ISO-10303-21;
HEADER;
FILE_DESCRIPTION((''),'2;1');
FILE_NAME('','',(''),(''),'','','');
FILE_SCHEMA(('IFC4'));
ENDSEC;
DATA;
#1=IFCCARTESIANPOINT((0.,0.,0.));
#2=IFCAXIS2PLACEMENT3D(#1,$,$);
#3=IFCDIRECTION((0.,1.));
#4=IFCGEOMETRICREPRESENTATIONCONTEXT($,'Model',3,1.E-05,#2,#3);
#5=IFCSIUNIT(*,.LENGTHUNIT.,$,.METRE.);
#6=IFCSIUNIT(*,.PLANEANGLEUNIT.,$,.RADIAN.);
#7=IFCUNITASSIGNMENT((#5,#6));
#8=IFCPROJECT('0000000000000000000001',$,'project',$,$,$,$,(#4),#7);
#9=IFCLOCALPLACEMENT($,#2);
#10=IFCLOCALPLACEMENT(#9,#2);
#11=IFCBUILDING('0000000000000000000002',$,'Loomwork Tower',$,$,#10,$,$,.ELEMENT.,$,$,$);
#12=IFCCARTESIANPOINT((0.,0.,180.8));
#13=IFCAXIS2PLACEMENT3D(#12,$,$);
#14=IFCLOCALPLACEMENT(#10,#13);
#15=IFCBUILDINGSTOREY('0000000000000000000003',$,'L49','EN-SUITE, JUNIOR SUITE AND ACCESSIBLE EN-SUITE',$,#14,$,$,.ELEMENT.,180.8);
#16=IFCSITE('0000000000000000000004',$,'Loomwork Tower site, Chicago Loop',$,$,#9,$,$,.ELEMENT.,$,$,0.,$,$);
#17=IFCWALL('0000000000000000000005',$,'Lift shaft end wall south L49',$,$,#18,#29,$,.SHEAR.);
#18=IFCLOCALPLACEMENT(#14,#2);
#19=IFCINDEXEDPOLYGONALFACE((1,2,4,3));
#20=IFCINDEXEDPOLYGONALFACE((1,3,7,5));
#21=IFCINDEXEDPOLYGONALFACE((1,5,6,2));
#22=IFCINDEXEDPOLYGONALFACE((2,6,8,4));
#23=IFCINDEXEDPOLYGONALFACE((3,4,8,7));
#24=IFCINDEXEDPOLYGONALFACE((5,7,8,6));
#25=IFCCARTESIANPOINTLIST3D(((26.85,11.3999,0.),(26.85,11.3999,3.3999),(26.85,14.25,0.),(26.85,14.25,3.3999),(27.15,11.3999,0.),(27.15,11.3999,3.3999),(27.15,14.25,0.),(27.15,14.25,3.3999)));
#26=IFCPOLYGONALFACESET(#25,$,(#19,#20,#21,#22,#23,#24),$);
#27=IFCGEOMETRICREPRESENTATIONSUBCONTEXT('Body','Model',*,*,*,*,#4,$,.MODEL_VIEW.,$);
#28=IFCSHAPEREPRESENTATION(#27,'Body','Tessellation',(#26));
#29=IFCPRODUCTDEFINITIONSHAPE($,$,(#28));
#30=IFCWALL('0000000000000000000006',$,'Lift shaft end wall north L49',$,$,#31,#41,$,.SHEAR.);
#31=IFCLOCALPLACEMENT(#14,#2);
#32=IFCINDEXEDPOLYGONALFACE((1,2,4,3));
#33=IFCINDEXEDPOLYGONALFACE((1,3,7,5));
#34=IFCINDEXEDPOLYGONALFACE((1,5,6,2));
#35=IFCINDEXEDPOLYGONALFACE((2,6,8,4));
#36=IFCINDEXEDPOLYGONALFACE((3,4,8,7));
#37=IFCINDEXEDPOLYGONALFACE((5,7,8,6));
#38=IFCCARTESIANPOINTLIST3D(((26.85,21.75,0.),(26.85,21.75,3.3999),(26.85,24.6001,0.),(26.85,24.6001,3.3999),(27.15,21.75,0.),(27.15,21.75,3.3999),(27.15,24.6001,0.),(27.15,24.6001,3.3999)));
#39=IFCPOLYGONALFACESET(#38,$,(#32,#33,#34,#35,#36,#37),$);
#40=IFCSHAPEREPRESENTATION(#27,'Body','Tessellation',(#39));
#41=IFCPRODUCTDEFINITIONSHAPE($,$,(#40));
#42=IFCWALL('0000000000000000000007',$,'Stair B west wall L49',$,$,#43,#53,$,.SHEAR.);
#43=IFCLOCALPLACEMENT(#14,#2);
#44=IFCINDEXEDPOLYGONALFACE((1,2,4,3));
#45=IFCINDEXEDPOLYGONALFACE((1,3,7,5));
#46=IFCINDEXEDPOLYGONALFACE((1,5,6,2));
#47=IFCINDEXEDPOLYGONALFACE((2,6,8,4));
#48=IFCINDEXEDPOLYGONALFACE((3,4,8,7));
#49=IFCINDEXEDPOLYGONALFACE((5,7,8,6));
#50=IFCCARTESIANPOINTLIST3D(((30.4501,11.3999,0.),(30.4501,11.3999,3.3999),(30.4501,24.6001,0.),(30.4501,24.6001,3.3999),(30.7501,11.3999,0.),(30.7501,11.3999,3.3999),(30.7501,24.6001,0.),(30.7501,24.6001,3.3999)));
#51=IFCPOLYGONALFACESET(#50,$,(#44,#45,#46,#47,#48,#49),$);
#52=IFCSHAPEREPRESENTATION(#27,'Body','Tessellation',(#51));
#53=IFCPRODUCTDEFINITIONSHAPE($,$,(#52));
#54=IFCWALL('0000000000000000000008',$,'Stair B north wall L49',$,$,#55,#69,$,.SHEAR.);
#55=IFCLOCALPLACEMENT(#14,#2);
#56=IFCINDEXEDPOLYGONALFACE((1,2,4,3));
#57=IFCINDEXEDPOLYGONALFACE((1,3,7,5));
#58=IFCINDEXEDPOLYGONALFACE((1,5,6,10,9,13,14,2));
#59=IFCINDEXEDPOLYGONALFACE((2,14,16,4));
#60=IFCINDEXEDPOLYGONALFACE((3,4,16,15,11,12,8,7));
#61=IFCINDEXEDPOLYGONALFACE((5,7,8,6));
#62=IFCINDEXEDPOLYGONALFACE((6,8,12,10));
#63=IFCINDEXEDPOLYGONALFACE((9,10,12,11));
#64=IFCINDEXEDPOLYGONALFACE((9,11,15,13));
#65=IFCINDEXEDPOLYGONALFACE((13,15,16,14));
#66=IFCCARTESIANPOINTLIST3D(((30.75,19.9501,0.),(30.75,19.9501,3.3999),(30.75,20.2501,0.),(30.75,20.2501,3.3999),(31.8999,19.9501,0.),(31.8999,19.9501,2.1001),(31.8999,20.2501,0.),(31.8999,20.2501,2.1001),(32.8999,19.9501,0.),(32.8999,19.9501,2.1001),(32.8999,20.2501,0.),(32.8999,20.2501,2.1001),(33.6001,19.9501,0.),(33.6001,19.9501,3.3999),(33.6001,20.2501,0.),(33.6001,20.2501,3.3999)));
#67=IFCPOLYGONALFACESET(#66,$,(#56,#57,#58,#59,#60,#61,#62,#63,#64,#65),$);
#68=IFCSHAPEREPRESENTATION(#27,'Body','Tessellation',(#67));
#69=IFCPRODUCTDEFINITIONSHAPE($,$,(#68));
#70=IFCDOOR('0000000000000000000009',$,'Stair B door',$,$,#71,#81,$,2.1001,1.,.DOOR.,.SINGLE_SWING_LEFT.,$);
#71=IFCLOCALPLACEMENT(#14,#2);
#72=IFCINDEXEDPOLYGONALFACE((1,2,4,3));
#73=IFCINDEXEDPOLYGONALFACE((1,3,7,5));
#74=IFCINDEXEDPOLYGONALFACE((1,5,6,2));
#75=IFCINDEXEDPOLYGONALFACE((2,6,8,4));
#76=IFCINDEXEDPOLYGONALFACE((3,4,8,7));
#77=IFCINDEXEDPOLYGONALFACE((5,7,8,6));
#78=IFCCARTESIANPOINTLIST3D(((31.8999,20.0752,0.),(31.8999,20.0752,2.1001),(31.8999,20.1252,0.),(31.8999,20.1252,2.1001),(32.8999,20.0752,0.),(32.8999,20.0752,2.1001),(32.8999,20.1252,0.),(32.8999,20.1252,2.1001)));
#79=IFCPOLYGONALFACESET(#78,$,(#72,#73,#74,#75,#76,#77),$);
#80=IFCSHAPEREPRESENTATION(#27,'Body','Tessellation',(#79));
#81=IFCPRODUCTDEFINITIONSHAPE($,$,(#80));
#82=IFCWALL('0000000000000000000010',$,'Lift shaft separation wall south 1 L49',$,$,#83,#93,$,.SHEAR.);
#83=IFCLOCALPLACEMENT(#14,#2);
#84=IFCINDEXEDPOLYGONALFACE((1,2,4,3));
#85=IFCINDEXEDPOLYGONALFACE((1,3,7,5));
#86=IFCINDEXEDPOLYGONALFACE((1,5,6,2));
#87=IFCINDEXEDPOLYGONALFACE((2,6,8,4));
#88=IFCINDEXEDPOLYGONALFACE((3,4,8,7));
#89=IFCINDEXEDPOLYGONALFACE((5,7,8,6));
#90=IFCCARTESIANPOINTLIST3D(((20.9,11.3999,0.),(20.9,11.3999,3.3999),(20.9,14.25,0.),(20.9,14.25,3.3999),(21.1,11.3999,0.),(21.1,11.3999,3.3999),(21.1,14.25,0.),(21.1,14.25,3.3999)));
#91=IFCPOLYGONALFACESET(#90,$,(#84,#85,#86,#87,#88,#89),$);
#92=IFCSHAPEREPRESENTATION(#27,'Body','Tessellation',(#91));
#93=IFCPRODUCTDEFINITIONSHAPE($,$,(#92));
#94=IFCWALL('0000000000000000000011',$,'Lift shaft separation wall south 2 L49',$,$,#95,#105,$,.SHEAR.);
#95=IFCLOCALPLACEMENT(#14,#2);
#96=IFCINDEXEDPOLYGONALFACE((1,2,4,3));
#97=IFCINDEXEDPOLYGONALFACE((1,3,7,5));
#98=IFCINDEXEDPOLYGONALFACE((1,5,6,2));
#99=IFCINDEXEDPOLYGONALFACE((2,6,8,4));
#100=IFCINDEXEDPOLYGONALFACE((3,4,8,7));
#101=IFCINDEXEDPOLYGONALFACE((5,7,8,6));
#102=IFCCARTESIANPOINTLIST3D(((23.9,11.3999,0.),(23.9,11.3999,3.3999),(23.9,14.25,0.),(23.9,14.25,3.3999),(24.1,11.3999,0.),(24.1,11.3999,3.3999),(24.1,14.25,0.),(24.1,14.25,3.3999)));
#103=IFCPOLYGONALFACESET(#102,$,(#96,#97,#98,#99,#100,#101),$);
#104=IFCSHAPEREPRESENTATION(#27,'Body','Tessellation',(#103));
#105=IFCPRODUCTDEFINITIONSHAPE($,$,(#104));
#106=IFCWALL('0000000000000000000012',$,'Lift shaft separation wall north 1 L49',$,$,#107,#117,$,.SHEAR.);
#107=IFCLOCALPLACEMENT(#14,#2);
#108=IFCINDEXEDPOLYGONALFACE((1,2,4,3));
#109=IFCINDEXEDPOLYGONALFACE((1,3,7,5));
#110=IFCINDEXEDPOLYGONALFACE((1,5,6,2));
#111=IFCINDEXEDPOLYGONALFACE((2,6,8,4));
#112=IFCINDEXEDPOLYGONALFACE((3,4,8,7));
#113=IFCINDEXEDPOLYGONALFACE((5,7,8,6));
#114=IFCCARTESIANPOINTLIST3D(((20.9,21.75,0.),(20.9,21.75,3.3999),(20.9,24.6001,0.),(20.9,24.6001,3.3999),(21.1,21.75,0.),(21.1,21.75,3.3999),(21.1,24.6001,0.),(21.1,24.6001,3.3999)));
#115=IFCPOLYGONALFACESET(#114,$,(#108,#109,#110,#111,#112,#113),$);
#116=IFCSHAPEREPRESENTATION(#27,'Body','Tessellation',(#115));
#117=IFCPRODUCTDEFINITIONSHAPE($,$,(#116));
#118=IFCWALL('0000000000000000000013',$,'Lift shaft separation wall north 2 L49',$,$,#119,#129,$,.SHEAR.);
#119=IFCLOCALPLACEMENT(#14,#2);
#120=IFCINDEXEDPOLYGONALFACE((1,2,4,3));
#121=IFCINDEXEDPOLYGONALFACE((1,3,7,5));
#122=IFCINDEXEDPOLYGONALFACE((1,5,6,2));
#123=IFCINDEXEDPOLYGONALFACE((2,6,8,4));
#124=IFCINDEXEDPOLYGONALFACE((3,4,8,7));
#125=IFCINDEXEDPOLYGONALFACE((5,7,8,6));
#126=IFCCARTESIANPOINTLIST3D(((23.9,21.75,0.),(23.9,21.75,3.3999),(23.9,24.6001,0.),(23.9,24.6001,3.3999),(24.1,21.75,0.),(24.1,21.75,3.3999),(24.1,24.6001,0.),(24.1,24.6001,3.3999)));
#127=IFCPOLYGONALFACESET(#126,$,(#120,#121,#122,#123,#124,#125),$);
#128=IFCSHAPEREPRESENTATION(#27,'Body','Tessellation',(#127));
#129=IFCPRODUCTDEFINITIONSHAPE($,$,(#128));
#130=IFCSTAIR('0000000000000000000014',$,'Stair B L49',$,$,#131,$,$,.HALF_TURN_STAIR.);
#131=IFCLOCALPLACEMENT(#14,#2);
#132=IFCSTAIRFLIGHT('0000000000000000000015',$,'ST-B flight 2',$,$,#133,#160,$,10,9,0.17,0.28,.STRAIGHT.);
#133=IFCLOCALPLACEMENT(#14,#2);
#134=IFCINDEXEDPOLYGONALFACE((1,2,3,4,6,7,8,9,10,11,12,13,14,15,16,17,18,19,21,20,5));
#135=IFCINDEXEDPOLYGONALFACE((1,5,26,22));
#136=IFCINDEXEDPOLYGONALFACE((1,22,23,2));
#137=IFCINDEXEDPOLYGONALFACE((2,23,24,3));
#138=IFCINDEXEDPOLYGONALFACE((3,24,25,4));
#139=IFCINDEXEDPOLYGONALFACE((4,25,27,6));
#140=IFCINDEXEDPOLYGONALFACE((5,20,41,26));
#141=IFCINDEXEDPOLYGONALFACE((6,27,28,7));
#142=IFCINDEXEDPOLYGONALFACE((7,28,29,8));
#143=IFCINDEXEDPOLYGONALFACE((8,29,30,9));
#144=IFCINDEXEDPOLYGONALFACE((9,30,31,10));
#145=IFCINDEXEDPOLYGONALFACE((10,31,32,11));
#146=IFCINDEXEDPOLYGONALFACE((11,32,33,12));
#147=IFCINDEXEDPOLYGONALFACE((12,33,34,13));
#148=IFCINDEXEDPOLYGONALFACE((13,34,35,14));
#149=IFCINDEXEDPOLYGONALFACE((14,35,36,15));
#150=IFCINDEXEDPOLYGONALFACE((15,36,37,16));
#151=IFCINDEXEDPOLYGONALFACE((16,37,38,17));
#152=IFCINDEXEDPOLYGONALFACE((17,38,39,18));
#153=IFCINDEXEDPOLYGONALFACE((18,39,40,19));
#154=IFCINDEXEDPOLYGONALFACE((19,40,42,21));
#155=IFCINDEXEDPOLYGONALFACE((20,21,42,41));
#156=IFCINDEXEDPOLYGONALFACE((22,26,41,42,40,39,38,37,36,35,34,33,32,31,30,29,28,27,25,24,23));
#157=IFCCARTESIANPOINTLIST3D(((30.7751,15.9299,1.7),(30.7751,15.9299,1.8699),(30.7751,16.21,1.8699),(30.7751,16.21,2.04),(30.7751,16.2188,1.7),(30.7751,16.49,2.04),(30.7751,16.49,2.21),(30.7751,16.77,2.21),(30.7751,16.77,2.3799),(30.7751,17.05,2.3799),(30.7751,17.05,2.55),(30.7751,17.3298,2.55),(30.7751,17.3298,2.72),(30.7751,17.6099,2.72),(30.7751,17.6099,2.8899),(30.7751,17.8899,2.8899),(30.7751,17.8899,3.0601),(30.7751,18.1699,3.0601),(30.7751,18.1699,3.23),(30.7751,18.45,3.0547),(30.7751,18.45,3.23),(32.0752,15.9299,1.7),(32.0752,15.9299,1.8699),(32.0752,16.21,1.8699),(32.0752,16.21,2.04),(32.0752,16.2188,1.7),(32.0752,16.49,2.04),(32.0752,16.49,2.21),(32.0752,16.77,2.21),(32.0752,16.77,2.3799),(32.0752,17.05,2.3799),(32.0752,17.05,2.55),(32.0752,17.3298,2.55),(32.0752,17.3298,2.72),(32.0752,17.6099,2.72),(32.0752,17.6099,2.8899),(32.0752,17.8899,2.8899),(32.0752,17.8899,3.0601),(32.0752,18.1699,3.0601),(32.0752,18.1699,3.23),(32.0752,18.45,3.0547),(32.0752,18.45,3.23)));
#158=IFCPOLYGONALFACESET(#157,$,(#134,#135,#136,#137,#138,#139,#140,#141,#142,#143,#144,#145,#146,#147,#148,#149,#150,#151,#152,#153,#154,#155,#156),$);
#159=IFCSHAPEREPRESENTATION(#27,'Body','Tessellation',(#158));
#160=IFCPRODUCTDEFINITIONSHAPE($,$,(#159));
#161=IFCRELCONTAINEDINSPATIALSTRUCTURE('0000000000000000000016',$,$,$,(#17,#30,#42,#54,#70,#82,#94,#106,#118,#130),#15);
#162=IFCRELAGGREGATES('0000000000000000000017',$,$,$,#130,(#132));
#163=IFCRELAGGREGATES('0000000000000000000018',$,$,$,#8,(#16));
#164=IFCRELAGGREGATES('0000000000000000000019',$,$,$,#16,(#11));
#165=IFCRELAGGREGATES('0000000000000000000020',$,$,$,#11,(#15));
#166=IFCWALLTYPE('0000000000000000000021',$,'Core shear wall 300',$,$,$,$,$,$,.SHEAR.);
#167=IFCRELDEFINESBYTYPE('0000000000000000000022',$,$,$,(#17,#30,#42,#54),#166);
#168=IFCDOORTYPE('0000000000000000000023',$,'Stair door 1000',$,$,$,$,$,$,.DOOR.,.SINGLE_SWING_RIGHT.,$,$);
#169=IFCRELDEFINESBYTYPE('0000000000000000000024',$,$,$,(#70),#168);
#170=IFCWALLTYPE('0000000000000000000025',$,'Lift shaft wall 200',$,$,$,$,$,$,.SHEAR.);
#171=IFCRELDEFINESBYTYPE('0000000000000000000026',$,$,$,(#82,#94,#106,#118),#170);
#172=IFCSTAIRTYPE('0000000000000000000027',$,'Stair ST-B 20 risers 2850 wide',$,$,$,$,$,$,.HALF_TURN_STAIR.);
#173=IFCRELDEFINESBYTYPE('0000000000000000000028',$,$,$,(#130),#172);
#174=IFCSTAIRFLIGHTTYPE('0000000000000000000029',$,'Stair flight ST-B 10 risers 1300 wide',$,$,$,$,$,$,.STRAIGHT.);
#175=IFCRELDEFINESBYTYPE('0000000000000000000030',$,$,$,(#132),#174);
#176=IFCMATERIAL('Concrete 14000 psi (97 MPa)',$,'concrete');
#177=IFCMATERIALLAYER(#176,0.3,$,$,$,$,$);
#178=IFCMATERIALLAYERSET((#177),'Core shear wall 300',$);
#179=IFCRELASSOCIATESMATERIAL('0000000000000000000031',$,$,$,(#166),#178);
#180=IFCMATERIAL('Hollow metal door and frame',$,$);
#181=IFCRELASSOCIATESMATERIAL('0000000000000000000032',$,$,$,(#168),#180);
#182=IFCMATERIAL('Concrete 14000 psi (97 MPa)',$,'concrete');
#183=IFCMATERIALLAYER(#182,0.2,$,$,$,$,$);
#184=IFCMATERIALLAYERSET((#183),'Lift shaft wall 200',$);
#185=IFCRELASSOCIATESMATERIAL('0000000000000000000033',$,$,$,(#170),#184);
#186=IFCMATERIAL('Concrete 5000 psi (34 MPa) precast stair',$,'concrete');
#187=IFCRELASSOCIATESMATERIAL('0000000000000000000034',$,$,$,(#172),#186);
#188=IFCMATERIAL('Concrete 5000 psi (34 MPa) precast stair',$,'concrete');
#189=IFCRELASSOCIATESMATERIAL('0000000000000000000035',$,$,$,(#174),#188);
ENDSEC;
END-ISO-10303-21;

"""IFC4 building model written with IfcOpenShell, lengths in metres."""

from ifc_helpers import new_model, si_unit, direction, frame, frame_2d, origin, place, context, subcontext, project, spatial, polyline, rectangle, outline, extrude, material, layer, layer_set, type_object, element, fill, aggregate, save


model = new_model("IFC4")

# Units and contexts
model_context = context("Model", 3, precision=1e-05, world=origin(), true_north=direction((0.0, 1.0)))
body_context = subcontext(model_context, "Body", "Model", "MODEL_VIEW")
ifc_project = project(units=[si_unit("LENGTHUNIT", "METRE"), si_unit("PLANEANGLEUNIT", "RADIAN")], contexts=[model_context])

# Site, building, storey
site_placement = place(None, origin())
site = spatial("IfcSite", under=ifc_project, at=site_placement, Name="Loomwork Tower site, Chicago Loop", CompositionType="ELEMENT", RefElevation=0.0)
building_placement = place(site_placement, origin())
building = spatial("IfcBuilding", under=site, at=building_placement, Name="Loomwork Tower", CompositionType="ELEMENT")
storey_placement = place(building_placement, frame((0.0, 0.0, 180.8)))
storey = spatial("IfcBuildingStorey", under=building, at=storey_placement, Name="L49", Description="EN-SUITE, JUNIOR SUITE AND ACCESSIBLE EN-SUITE", CompositionType="ELEMENT", Elevation=180.8)

# Walls
ifc_material_1 = material(Name="Concrete 14000 psi (97 MPa)", Category="concrete")
ifc_layer_1 = layer(ifc_material_1, 0.3)
ifc_layer_set_1 = layer_set([ifc_layer_1], Name="Core shear wall 300")
wall_type_1 = type_object("IfcWallType", Name="Core shear wall 300", PredefinedType="SHEAR", material=ifc_layer_set_1)
for number, where, z_axis, x_axis, name in (
    (1, (27.0, 11.3999, 0.0), (0.0, 0.0, 1.0), (0.0, 1.0, 0.0), "Lift shaft end wall south L49"),
    (2, (27.0, 21.75, 0.0), (0.0, 0.0, 1.0), (0.0, 1.0, 0.0), "Lift shaft end wall north L49"),
):
    element("IfcWall", number, at=place(storey_placement, frame(where, z_axis=z_axis, x_axis=x_axis)), inside=storey, type_object=wall_type_1, Name=name, PredefinedType="SHEAR", context=body_context, shape_type="SweptSolid", body=[
        extrude(rectangle(XDim=2.8501, YDim=0.3, at=frame_2d((1.425, 0.0))), origin(), (0.0, 0.0, 1.0), 3.3999),
    ])
wall_1_placement = place(storey_placement, frame((30.6001, 11.3999, 0.0), z_axis=(0.0, 0.0, 1.0), x_axis=(0.0, 1.0, 0.0)))
element("IfcWall", 3, at=wall_1_placement, inside=storey, type_object=wall_type_1, Name="Stair B west wall L49", PredefinedType="SHEAR", context=body_context, shape_type="SweptSolid", body=[
    extrude(rectangle(XDim=13.2002, YDim=0.3, at=frame_2d((6.6001, 0.0))), origin(), (0.0, 0.0, 1.0), 3.3999),
])

# Wall, opening, door
wall_2_placement = place(storey_placement, frame((30.75, 20.1001, 0.0), z_axis=(0.0, 0.0, 1.0), x_axis=(1.0, 0.0, 0.0)))
wall_2 = element("IfcWall", 4, at=wall_2_placement, inside=storey, type_object=wall_type_1, Name="Stair B north wall L49", PredefinedType="SHEAR", context=body_context, shape_type="SweptSolid", body=[
    extrude(rectangle(XDim=2.8501, YDim=0.3, at=frame_2d((1.425, 0.0))), origin(), (0.0, 0.0, 1.0), 3.3999),
])
opening_placement = place(wall_2_placement, frame((1.1499, 0.0, 0.0)))
opening = element("IfcOpeningElement", 5, at=opening_placement, cuts=wall_2, PredefinedType="OPENING", context=body_context, shape_type="SweptSolid", body=[
    extrude(rectangle(XDim=1.0, YDim=2.1001, at=frame_2d((0.5, 1.05))), frame((0.0, 0.1599, 0.0), z_axis=(0.0, -1.0, 0.0), x_axis=(1.0, 0.0, 0.0)), (0.0, 0.0, 1.0), 0.3201),
])
ifc_material_2 = material(Name="Hollow metal door and frame")
door_type = type_object("IfcDoorType", Name="Stair door 1000", OperationType="SINGLE_SWING_RIGHT", PredefinedType="DOOR", material=ifc_material_2)
door_placement = place(opening_placement, frame((1.0, 0.0, 0.0), z_axis=(0.0, 0.0, 1.0), x_axis=(-1.0, 0.0, 0.0)))
door = element("IfcDoor", 6, at=door_placement, inside=storey, type_object=door_type, Name="Stair B door", OperationType="SINGLE_SWING_LEFT", OverallHeight=2.1001, OverallWidth=1.0, PredefinedType="DOOR", context=body_context, shape_type="SweptSolid", body=[
    extrude(rectangle(XDim=1.0, YDim=2.1001, at=frame_2d((0.5, 1.05))), frame((0.0, 0.0249, 0.0), z_axis=(0.0, -1.0, 0.0), x_axis=(1.0, 0.0, 0.0)), (0.0, 0.0, 1.0), 0.05),
])
fill(opening, door)

# Walls
ifc_material_3 = material(Name="Concrete 14000 psi (97 MPa)", Category="concrete")
ifc_layer_2 = layer(ifc_material_3, 0.2)
ifc_layer_set_2 = layer_set([ifc_layer_2], Name="Lift shaft wall 200")
wall_type_2 = type_object("IfcWallType", Name="Lift shaft wall 200", PredefinedType="SHEAR", material=ifc_layer_set_2)
for number, where, z_axis, x_axis, name in (
    (7, (21.0, 11.3999, 0.0), (0.0, 0.0, 1.0), (0.0, 1.0, 0.0), "Lift shaft separation wall south 1 L49"),
    (8, (24.0, 11.3999, 0.0), (0.0, 0.0, 1.0), (0.0, 1.0, 0.0), "Lift shaft separation wall south 2 L49"),
    (9, (21.0, 21.75, 0.0), (0.0, 0.0, 1.0), (0.0, 1.0, 0.0), "Lift shaft separation wall north 1 L49"),
    (10, (24.0, 21.75, 0.0), (0.0, 0.0, 1.0), (0.0, 1.0, 0.0), "Lift shaft separation wall north 2 L49"),
):
    element("IfcWall", number, at=place(storey_placement, frame(where, z_axis=z_axis, x_axis=x_axis)), inside=storey, type_object=wall_type_2, Name=name, PredefinedType="SHEAR", context=body_context, shape_type="SweptSolid", body=[
        extrude(rectangle(XDim=2.8501, YDim=0.2, at=frame_2d((1.425, 0.0))), origin(), (0.0, 0.0, 1.0), 3.3999),
    ])

# Stair, stair flight
ifc_material_4 = material(Name="Concrete 5000 psi (34 MPa) precast stair", Category="concrete")
stair_type = type_object("IfcStairType", Name="Stair ST-B 20 risers 2850 wide", PredefinedType="HALF_TURN_STAIR", material=ifc_material_4)
stair_placement = place(storey_placement, origin())
stair = element("IfcStair", 11, at=stair_placement, inside=storey, type_object=stair_type, Name="Stair B L49", PredefinedType="HALF_TURN_STAIR")
ifc_material_5 = material(Name="Concrete 5000 psi (34 MPa) precast stair", Category="concrete")
stair_flight_type = type_object("IfcStairFlightType", Name="Stair flight ST-B 10 risers 1300 wide", PredefinedType="STRAIGHT", material=ifc_material_5)
stair_flight_placement = place(storey_placement, frame((31.425, 15.9299, 1.7), z_axis=(0.0, 0.0, 1.0), x_axis=(0.0, 1.0, 0.0)))
stair_flight = element("IfcStairFlight", 12, at=stair_flight_placement, type_object=stair_flight_type, Name="ST-B flight 2", NumberOfRisers=10, NumberOfTreads=9, PredefinedType="STRAIGHT", RiserHeight=0.17, TreadLength=0.28, context=body_context, shape_type="SweptSolid", body=[
    extrude(outline(polyline([(0.0, 0.0), (0.0, 0.1699), (0.28, 0.1699), (0.28, 0.3401), (0.5601, 0.3401), (0.5601, 0.51), (0.8401, 0.51), (0.8401, 0.6799), (1.1201, 0.6799), (1.1201, 0.8501), (1.3999, 0.8501), (1.3999, 1.02), (1.6799, 1.02), (1.6799, 1.1899), (1.96, 1.1899), (1.96, 1.3601), (2.24, 1.3601), (2.24, 1.53), (2.52, 1.53), (2.52, 1.7), (2.52, 1.3547), (0.2888, 0.0), (0.0, 0.0)])), frame((0.0, 0.6499, 0.0), z_axis=(0.0, -1.0, 0.0), x_axis=(1.0, 0.0, 0.0)), (0.0, 0.0, 1.0), 1.3),
])
aggregate(stair, [stair_flight])

save(model, "model.ifc")
